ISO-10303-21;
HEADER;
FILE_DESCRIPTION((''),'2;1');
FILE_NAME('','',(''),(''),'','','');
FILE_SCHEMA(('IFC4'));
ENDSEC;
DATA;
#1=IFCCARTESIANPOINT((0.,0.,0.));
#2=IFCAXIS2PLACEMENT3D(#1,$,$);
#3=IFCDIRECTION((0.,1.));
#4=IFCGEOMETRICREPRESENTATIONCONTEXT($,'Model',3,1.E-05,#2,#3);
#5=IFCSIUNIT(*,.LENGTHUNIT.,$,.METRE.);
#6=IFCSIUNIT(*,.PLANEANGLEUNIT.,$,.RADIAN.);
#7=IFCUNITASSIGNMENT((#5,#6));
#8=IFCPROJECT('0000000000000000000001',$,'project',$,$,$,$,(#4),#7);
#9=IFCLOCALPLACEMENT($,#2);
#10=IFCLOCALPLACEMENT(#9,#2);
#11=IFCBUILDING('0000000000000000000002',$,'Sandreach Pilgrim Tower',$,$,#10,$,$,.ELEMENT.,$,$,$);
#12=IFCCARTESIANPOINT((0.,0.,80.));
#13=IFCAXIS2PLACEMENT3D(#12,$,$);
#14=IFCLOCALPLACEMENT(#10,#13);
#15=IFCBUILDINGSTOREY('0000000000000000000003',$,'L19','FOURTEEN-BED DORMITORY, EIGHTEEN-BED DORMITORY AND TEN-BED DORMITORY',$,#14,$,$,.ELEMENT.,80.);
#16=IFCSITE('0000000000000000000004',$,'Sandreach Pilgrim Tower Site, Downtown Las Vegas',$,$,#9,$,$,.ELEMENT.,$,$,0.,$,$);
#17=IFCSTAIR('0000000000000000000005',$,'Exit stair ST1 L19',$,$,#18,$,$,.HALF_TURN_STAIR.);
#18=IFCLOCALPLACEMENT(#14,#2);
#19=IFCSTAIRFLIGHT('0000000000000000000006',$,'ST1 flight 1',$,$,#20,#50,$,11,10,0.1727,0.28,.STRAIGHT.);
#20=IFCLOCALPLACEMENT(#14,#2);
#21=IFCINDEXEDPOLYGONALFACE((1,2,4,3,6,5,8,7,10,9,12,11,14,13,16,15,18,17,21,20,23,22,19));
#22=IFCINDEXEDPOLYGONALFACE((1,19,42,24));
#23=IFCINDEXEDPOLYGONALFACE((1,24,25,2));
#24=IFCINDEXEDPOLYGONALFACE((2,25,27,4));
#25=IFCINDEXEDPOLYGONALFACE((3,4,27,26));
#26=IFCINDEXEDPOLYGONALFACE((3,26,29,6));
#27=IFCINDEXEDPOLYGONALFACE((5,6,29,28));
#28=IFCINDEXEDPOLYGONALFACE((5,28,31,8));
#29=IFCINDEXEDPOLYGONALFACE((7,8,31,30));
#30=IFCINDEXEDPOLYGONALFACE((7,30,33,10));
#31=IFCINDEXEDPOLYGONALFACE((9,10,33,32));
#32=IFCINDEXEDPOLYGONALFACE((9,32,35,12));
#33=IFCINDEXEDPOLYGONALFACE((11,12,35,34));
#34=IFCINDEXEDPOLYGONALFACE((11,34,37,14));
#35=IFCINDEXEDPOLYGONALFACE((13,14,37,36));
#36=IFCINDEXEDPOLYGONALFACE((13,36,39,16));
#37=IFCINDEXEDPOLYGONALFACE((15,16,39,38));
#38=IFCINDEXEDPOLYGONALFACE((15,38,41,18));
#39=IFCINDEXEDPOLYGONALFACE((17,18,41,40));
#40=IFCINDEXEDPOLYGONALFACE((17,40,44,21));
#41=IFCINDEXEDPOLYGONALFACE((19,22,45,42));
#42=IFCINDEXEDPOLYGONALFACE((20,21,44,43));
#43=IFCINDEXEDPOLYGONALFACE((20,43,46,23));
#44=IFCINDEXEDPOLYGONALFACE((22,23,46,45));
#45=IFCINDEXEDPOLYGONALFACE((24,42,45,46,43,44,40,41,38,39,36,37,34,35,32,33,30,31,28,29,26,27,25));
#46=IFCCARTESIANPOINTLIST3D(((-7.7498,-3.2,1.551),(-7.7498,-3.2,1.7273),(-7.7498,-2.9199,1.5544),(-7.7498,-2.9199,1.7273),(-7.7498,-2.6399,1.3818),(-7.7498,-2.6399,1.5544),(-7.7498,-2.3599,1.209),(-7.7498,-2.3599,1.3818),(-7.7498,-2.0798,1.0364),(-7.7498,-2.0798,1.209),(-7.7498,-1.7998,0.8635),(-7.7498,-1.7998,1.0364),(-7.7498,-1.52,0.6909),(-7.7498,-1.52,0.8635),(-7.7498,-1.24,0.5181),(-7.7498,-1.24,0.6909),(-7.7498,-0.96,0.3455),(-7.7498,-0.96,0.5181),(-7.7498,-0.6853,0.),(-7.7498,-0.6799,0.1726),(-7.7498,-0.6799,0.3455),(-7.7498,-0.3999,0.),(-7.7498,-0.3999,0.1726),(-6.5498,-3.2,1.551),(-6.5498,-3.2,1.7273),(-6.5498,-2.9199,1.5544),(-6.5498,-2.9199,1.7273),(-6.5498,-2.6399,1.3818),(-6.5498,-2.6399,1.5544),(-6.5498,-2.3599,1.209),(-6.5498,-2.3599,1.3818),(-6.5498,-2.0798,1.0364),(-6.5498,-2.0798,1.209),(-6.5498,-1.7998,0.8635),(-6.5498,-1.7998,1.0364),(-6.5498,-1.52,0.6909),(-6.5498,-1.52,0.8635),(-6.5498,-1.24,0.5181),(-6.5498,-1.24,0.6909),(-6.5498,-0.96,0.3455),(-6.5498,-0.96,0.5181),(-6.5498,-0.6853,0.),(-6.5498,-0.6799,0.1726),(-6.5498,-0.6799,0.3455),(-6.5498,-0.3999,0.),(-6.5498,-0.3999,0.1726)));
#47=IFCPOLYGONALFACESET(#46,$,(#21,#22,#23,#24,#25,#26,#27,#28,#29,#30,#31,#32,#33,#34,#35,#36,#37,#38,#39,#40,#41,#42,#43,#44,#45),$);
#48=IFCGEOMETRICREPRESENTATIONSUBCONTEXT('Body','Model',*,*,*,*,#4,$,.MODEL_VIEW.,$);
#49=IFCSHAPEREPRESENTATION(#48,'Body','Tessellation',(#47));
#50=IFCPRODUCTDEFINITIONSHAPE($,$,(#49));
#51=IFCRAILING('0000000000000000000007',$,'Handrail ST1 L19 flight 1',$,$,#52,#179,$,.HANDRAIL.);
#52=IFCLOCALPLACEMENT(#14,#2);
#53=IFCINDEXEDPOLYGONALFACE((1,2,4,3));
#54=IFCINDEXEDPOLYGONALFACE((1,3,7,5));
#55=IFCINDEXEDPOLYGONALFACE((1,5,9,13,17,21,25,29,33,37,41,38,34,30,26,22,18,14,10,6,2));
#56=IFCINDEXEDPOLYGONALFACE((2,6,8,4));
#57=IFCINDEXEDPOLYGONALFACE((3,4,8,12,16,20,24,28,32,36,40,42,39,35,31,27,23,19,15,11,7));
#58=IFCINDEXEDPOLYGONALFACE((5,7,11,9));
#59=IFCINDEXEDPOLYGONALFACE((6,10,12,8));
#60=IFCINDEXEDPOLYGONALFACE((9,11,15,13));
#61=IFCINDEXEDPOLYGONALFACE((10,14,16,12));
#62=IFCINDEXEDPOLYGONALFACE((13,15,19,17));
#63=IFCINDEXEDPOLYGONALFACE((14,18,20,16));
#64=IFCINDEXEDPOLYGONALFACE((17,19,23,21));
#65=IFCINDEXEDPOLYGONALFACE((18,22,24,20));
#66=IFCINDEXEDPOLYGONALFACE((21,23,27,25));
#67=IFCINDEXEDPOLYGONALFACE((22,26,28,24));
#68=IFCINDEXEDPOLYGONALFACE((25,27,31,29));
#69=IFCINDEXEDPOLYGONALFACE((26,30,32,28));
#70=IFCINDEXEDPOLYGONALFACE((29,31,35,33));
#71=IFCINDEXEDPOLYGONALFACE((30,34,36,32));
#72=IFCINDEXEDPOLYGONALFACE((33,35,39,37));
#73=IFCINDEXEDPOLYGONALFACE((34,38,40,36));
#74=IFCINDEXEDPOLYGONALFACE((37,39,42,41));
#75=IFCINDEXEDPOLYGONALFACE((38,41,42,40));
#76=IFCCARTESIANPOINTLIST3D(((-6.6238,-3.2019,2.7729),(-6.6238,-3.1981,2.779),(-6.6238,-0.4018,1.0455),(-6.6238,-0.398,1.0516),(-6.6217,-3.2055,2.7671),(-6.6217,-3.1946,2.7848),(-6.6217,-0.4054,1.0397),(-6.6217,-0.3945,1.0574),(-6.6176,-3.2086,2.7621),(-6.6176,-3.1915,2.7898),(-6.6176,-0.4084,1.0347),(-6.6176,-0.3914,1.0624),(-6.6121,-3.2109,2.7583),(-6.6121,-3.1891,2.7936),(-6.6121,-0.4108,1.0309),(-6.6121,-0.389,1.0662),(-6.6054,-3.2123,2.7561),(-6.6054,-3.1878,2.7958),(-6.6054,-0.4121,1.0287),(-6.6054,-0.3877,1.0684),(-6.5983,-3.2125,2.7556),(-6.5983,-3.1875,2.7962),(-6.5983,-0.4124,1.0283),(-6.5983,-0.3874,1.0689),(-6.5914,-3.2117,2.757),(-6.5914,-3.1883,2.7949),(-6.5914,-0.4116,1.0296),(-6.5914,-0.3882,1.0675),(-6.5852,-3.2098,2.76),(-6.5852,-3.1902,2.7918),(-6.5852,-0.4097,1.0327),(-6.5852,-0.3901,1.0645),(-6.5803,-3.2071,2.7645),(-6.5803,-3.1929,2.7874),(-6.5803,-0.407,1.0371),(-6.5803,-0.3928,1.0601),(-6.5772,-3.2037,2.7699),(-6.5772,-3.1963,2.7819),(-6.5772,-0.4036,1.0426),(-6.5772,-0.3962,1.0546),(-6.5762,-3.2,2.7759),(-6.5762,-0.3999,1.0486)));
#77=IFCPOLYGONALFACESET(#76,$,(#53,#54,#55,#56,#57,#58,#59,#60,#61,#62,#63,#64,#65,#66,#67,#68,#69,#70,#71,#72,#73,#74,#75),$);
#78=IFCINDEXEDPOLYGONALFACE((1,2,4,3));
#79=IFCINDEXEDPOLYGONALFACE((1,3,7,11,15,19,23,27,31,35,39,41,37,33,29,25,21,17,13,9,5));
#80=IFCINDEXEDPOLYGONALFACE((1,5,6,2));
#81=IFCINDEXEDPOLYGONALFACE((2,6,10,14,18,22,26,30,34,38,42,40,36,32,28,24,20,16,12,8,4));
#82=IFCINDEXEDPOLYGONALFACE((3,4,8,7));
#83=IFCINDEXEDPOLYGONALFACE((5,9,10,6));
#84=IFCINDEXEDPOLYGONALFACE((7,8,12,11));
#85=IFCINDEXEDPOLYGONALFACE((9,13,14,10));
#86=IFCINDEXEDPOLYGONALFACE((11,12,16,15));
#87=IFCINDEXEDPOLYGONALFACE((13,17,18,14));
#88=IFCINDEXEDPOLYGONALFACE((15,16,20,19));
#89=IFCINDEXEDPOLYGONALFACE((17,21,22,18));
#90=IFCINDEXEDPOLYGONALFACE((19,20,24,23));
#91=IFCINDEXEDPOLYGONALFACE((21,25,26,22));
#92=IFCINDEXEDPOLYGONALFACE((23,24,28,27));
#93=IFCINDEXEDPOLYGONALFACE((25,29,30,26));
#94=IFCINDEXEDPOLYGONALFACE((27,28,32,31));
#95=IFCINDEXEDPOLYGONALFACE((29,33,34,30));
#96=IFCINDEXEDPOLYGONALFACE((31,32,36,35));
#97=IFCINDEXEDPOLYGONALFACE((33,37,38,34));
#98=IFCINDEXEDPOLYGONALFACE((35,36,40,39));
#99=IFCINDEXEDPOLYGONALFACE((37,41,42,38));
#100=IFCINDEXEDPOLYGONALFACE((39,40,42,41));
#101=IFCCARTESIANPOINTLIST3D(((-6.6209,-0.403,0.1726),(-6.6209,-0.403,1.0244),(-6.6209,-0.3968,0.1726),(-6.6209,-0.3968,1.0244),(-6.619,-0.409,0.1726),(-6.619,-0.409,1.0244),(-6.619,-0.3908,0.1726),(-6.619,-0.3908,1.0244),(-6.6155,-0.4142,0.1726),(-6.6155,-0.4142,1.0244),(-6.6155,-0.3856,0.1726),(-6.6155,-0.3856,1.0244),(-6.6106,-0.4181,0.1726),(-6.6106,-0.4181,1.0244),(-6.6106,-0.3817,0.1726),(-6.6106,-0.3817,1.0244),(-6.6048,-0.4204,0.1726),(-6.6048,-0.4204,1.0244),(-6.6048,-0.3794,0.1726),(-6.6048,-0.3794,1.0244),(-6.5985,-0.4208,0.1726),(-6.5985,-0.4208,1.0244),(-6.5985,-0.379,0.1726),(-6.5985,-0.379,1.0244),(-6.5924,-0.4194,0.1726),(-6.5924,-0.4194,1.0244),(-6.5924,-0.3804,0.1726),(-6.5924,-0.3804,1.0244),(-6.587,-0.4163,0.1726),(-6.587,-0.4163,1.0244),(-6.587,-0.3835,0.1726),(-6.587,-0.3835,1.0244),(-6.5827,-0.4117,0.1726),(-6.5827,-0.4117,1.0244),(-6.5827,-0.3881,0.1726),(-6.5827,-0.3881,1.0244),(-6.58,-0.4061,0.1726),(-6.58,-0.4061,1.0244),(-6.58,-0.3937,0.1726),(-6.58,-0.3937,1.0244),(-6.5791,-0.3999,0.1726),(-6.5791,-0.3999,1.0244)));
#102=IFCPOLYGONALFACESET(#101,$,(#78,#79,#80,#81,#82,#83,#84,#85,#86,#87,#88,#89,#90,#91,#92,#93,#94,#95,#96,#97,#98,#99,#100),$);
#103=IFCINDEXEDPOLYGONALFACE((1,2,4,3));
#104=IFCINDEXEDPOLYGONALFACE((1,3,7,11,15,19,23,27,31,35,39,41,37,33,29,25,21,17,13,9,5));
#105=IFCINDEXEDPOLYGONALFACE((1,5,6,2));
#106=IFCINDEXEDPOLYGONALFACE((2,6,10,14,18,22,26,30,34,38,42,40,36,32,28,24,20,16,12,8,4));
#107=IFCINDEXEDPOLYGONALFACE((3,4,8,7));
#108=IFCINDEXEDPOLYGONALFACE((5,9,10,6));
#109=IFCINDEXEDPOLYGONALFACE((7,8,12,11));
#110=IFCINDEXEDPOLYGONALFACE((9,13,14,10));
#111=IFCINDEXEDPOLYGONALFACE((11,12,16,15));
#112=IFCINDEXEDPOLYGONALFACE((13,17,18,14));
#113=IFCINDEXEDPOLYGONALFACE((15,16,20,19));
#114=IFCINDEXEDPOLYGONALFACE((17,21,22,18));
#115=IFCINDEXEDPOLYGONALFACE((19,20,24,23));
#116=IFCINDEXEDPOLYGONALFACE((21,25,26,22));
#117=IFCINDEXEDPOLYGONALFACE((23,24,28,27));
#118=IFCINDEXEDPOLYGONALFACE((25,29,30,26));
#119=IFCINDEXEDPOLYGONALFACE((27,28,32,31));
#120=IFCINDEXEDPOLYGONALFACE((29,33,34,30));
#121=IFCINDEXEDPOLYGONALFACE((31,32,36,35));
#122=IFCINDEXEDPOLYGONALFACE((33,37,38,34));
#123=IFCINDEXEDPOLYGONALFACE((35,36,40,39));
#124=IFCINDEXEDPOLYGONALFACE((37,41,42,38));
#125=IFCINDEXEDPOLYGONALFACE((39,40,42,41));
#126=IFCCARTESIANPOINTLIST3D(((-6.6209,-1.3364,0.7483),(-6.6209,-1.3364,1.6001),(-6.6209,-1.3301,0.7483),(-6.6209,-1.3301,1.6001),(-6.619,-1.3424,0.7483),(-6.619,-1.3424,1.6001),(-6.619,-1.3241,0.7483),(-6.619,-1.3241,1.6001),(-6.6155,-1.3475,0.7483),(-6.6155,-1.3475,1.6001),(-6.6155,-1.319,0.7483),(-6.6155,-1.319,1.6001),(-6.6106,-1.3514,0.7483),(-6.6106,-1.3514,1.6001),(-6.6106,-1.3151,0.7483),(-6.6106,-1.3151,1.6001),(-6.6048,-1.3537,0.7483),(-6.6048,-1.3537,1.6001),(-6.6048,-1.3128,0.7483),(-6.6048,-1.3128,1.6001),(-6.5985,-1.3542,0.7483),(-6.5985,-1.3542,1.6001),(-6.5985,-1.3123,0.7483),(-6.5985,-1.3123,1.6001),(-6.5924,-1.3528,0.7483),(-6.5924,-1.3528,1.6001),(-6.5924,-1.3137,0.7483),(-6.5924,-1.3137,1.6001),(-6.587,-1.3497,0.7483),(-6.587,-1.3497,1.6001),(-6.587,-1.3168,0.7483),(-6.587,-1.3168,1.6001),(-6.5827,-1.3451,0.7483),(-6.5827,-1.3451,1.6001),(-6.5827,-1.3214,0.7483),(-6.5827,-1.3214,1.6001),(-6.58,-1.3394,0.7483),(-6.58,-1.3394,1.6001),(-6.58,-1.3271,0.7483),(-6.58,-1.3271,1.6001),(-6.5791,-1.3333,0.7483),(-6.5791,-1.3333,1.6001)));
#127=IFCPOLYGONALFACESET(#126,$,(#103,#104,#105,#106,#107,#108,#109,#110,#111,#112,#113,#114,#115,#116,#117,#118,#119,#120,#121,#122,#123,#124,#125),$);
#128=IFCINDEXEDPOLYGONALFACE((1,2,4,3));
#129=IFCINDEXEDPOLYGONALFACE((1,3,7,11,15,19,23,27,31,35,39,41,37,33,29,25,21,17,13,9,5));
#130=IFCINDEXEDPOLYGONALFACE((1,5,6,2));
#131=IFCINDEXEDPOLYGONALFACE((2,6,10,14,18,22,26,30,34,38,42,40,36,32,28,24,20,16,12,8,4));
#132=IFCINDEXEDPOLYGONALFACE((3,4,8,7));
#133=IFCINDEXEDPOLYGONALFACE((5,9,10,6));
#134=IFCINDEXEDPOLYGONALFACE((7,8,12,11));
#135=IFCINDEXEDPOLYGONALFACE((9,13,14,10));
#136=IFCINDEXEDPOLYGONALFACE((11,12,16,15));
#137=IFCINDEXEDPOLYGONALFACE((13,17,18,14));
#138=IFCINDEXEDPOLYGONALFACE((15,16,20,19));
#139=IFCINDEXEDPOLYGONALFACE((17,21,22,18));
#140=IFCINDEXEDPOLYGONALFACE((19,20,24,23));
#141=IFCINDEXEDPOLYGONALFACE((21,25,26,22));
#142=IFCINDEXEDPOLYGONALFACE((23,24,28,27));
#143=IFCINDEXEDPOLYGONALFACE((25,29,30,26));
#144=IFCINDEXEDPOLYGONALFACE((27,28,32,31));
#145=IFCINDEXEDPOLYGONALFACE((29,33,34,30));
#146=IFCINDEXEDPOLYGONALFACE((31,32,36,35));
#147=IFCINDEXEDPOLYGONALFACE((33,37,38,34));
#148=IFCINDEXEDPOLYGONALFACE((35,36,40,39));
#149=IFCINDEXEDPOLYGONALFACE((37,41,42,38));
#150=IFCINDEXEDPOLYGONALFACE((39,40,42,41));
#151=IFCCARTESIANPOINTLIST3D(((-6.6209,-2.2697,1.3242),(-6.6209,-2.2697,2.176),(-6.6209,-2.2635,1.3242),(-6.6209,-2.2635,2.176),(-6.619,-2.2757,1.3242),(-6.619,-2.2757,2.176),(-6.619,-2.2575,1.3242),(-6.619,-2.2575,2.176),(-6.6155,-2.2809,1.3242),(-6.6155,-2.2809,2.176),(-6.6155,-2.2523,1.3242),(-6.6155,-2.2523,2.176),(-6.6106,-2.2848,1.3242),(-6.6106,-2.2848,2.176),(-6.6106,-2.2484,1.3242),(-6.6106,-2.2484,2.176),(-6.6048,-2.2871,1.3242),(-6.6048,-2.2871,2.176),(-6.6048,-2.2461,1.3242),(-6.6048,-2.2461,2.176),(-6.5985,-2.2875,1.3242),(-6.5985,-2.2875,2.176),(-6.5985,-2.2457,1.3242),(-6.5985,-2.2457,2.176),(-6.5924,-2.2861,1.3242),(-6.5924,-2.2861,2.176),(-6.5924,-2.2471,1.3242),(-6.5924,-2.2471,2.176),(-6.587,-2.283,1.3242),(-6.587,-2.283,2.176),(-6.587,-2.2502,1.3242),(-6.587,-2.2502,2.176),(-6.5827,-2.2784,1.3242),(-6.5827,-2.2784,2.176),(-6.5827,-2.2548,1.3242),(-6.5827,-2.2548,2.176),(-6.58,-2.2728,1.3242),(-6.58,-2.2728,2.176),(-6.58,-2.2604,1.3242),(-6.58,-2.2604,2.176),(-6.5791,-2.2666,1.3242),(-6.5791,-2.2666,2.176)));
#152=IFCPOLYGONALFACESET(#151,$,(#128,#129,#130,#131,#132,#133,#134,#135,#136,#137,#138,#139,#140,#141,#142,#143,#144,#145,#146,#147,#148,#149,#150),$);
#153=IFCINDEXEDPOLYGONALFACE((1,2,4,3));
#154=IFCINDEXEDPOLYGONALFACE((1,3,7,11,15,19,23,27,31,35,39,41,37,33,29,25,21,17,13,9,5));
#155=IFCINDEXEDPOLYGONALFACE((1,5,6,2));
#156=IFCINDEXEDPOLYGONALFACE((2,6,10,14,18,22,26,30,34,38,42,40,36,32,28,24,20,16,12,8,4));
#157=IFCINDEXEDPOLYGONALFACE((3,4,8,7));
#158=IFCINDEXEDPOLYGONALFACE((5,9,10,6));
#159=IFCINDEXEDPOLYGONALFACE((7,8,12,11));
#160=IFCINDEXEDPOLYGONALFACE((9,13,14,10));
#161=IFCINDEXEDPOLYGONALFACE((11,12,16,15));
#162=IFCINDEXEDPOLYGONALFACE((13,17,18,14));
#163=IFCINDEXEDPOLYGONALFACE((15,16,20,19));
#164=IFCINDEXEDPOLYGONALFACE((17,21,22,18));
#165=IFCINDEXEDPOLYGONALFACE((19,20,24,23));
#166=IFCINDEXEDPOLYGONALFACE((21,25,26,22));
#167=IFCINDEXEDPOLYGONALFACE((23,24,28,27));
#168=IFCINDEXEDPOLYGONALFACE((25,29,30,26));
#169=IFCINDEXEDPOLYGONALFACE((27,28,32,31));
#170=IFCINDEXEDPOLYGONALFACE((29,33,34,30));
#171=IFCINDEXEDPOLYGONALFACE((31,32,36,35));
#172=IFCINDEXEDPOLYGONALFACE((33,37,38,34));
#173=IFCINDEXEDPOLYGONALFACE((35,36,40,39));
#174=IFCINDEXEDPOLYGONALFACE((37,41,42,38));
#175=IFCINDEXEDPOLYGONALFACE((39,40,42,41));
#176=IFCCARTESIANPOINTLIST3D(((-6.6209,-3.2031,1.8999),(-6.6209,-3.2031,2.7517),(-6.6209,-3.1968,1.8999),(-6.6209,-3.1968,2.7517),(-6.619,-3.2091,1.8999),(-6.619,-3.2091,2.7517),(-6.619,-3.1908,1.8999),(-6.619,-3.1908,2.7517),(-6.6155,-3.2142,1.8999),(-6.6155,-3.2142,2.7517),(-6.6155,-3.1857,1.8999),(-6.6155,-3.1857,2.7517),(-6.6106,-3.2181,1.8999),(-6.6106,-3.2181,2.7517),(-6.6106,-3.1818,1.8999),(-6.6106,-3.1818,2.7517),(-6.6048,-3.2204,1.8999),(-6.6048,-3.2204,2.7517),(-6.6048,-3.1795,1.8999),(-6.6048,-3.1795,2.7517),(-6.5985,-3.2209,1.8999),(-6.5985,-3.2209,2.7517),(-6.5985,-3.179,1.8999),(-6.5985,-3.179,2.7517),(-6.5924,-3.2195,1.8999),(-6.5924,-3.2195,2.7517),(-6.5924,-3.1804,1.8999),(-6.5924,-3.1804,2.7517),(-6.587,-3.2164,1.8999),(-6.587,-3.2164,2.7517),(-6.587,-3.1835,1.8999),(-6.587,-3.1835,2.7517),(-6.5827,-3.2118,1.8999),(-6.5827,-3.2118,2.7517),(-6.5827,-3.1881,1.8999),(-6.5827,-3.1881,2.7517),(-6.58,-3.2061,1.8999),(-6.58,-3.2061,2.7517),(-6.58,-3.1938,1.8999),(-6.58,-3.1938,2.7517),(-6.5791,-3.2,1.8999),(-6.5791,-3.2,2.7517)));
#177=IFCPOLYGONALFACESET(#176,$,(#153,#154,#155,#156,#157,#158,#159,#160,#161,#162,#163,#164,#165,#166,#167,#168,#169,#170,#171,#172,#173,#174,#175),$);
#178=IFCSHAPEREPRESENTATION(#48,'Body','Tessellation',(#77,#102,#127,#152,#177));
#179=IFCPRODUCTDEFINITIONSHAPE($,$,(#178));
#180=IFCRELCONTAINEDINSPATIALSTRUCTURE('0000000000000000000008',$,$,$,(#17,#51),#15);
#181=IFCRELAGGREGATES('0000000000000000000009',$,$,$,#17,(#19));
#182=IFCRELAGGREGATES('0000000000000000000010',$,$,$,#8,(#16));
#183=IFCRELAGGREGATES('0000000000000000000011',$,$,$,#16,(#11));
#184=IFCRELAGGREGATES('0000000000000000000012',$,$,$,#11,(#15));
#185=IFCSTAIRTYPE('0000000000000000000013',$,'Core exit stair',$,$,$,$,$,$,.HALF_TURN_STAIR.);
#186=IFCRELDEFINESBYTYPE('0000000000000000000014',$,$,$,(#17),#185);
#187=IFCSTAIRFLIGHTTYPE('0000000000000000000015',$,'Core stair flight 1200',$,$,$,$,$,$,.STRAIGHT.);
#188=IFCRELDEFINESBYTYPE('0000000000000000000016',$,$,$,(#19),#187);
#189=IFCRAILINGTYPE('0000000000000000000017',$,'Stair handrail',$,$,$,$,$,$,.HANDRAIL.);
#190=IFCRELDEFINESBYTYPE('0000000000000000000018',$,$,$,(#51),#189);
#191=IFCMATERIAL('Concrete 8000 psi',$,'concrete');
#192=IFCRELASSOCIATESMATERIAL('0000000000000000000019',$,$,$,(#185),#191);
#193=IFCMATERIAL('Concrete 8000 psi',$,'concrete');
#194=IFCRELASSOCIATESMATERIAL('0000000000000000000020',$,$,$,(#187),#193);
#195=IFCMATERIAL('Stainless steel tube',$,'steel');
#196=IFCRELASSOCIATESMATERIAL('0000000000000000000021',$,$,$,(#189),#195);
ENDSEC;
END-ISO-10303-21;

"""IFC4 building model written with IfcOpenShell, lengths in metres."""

from ifc_helpers import new_model, si_unit, direction, frame, origin, origin_2d, place, context, subcontext, project, spatial, polyline, circle, outline, extrude, material, type_object, element, aggregate, save


model = new_model("IFC4")

# Units and contexts
model_context = context("Model", 3, precision=1e-05, world=origin(), true_north=direction((0.0, 1.0)))
body_context = subcontext(model_context, "Body", "Model", "MODEL_VIEW")
ifc_project = project(units=[si_unit("LENGTHUNIT", "METRE"), si_unit("PLANEANGLEUNIT", "RADIAN")], contexts=[model_context])

# Site, building, storey
site_placement = place(None, origin())
site = spatial("IfcSite", under=ifc_project, at=site_placement, Name="Sandreach Pilgrim Tower Site, Downtown Las Vegas", CompositionType="ELEMENT", RefElevation=0.0)
building_placement = place(site_placement, origin())
building = spatial("IfcBuilding", under=site, at=building_placement, Name="Sandreach Pilgrim Tower", CompositionType="ELEMENT")
storey_placement = place(building_placement, frame((0.0, 0.0, 80.0)))
storey = spatial("IfcBuildingStorey", under=building, at=storey_placement, Name="L19", Description="FOURTEEN-BED DORMITORY, EIGHTEEN-BED DORMITORY AND TEN-BED DORMITORY", CompositionType="ELEMENT", Elevation=80.0)

# Stair, stair flight
ifc_material_1 = material(Name="Concrete 8000 psi", Category="concrete")
stair_type = type_object("IfcStairType", Name="Core exit stair", PredefinedType="HALF_TURN_STAIR", material=ifc_material_1)
stair_placement = place(storey_placement, origin())
stair = element("IfcStair", 1, at=stair_placement, inside=storey, type_object=stair_type, Name="Exit stair ST1 L19", PredefinedType="HALF_TURN_STAIR")
ifc_material_2 = material(Name="Concrete 8000 psi", Category="concrete")
stair_flight_type = type_object("IfcStairFlightType", Name="Core stair flight 1200", PredefinedType="STRAIGHT", material=ifc_material_2)
stair_flight_placement = place(storey_placement, frame((-7.1499, -0.3999, 0.0), z_axis=(0.0, 0.0, 1.0), x_axis=(0.0, -1.0, 0.0)))
stair_flight = element("IfcStairFlight", 2, at=stair_flight_placement, type_object=stair_flight_type, Name="ST1 flight 1", NumberOfRisers=11, NumberOfTreads=10, PredefinedType="STRAIGHT", RiserHeight=0.1727, TreadLength=0.28, context=body_context, shape_type="SweptSolid", body=[
    extrude(outline(polyline([(0.0, 0.0), (0.0, 0.1726), (0.28, 0.1726), (0.28, 0.3455), (0.5601, 0.3455), (0.5601, 0.5181), (0.8401, 0.5181), (0.8401, 0.6909), (1.1201, 0.6909), (1.1201, 0.8635), (1.3999, 0.8635), (1.3999, 1.0364), (1.6799, 1.0364), (1.6799, 1.209), (1.96, 1.209), (1.96, 1.3818), (2.24, 1.3818), (2.24, 1.5544), (2.52, 1.5544), (2.52, 1.7273), (2.8, 1.7273), (2.8, 1.8999), (2.8, 1.551), (0.2854, 0.0), (0.0, 0.0)])), frame((0.0, 0.6001, 0.0), z_axis=(0.0, -1.0, 0.0), x_axis=(1.0, 0.0, 0.0)), (0.0, 0.0, 1.0), 1.2),
])
aggregate(stair, [stair_flight])

# Railing
ifc_material_3 = material(Name="Stainless steel tube", Category="steel")
railing_type = type_object("IfcRailingType", Name="Stair handrail", PredefinedType="HANDRAIL", material=ifc_material_3)
for number, where, name in (
    (3, (-6.6001, -0.3999, 0.1726), "Handrail ST1 L19 flight 1"),
):
    element("IfcRailing", number, at=place(storey_placement, frame(where)), inside=storey, type_object=railing_type, Name=name, PredefinedType="HANDRAIL", context=body_context, shape_type="SweptSolid", body=[
        extrude(circle(Radius=0.0239, at=origin_2d()), frame((0.0, 0.0, 0.876), z_axis=(0.0, -0.85109, 0.52502), x_axis=(1.0, 0.0, 0.0)), (0.0, 0.0, 1.0), 3.29),
        extrude(circle(Radius=0.021, at=origin_2d()), origin(), (0.0, 0.0, 1.0), 0.8518),
        extrude(circle(Radius=0.021, at=origin_2d()), frame((0.0, -0.9333, 0.5757)), (0.0, 0.0, 1.0), 0.8518),
        extrude(circle(Radius=0.021, at=origin_2d()), frame((0.0, -1.8667, 1.1516)), (0.0, 0.0, 1.0), 0.8518),
        extrude(circle(Radius=0.021, at=origin_2d()), frame((0.0, -2.8, 1.7273)), (0.0, 0.0, 1.0), 0.8518),
    ])

save(model, "model.ifc")
